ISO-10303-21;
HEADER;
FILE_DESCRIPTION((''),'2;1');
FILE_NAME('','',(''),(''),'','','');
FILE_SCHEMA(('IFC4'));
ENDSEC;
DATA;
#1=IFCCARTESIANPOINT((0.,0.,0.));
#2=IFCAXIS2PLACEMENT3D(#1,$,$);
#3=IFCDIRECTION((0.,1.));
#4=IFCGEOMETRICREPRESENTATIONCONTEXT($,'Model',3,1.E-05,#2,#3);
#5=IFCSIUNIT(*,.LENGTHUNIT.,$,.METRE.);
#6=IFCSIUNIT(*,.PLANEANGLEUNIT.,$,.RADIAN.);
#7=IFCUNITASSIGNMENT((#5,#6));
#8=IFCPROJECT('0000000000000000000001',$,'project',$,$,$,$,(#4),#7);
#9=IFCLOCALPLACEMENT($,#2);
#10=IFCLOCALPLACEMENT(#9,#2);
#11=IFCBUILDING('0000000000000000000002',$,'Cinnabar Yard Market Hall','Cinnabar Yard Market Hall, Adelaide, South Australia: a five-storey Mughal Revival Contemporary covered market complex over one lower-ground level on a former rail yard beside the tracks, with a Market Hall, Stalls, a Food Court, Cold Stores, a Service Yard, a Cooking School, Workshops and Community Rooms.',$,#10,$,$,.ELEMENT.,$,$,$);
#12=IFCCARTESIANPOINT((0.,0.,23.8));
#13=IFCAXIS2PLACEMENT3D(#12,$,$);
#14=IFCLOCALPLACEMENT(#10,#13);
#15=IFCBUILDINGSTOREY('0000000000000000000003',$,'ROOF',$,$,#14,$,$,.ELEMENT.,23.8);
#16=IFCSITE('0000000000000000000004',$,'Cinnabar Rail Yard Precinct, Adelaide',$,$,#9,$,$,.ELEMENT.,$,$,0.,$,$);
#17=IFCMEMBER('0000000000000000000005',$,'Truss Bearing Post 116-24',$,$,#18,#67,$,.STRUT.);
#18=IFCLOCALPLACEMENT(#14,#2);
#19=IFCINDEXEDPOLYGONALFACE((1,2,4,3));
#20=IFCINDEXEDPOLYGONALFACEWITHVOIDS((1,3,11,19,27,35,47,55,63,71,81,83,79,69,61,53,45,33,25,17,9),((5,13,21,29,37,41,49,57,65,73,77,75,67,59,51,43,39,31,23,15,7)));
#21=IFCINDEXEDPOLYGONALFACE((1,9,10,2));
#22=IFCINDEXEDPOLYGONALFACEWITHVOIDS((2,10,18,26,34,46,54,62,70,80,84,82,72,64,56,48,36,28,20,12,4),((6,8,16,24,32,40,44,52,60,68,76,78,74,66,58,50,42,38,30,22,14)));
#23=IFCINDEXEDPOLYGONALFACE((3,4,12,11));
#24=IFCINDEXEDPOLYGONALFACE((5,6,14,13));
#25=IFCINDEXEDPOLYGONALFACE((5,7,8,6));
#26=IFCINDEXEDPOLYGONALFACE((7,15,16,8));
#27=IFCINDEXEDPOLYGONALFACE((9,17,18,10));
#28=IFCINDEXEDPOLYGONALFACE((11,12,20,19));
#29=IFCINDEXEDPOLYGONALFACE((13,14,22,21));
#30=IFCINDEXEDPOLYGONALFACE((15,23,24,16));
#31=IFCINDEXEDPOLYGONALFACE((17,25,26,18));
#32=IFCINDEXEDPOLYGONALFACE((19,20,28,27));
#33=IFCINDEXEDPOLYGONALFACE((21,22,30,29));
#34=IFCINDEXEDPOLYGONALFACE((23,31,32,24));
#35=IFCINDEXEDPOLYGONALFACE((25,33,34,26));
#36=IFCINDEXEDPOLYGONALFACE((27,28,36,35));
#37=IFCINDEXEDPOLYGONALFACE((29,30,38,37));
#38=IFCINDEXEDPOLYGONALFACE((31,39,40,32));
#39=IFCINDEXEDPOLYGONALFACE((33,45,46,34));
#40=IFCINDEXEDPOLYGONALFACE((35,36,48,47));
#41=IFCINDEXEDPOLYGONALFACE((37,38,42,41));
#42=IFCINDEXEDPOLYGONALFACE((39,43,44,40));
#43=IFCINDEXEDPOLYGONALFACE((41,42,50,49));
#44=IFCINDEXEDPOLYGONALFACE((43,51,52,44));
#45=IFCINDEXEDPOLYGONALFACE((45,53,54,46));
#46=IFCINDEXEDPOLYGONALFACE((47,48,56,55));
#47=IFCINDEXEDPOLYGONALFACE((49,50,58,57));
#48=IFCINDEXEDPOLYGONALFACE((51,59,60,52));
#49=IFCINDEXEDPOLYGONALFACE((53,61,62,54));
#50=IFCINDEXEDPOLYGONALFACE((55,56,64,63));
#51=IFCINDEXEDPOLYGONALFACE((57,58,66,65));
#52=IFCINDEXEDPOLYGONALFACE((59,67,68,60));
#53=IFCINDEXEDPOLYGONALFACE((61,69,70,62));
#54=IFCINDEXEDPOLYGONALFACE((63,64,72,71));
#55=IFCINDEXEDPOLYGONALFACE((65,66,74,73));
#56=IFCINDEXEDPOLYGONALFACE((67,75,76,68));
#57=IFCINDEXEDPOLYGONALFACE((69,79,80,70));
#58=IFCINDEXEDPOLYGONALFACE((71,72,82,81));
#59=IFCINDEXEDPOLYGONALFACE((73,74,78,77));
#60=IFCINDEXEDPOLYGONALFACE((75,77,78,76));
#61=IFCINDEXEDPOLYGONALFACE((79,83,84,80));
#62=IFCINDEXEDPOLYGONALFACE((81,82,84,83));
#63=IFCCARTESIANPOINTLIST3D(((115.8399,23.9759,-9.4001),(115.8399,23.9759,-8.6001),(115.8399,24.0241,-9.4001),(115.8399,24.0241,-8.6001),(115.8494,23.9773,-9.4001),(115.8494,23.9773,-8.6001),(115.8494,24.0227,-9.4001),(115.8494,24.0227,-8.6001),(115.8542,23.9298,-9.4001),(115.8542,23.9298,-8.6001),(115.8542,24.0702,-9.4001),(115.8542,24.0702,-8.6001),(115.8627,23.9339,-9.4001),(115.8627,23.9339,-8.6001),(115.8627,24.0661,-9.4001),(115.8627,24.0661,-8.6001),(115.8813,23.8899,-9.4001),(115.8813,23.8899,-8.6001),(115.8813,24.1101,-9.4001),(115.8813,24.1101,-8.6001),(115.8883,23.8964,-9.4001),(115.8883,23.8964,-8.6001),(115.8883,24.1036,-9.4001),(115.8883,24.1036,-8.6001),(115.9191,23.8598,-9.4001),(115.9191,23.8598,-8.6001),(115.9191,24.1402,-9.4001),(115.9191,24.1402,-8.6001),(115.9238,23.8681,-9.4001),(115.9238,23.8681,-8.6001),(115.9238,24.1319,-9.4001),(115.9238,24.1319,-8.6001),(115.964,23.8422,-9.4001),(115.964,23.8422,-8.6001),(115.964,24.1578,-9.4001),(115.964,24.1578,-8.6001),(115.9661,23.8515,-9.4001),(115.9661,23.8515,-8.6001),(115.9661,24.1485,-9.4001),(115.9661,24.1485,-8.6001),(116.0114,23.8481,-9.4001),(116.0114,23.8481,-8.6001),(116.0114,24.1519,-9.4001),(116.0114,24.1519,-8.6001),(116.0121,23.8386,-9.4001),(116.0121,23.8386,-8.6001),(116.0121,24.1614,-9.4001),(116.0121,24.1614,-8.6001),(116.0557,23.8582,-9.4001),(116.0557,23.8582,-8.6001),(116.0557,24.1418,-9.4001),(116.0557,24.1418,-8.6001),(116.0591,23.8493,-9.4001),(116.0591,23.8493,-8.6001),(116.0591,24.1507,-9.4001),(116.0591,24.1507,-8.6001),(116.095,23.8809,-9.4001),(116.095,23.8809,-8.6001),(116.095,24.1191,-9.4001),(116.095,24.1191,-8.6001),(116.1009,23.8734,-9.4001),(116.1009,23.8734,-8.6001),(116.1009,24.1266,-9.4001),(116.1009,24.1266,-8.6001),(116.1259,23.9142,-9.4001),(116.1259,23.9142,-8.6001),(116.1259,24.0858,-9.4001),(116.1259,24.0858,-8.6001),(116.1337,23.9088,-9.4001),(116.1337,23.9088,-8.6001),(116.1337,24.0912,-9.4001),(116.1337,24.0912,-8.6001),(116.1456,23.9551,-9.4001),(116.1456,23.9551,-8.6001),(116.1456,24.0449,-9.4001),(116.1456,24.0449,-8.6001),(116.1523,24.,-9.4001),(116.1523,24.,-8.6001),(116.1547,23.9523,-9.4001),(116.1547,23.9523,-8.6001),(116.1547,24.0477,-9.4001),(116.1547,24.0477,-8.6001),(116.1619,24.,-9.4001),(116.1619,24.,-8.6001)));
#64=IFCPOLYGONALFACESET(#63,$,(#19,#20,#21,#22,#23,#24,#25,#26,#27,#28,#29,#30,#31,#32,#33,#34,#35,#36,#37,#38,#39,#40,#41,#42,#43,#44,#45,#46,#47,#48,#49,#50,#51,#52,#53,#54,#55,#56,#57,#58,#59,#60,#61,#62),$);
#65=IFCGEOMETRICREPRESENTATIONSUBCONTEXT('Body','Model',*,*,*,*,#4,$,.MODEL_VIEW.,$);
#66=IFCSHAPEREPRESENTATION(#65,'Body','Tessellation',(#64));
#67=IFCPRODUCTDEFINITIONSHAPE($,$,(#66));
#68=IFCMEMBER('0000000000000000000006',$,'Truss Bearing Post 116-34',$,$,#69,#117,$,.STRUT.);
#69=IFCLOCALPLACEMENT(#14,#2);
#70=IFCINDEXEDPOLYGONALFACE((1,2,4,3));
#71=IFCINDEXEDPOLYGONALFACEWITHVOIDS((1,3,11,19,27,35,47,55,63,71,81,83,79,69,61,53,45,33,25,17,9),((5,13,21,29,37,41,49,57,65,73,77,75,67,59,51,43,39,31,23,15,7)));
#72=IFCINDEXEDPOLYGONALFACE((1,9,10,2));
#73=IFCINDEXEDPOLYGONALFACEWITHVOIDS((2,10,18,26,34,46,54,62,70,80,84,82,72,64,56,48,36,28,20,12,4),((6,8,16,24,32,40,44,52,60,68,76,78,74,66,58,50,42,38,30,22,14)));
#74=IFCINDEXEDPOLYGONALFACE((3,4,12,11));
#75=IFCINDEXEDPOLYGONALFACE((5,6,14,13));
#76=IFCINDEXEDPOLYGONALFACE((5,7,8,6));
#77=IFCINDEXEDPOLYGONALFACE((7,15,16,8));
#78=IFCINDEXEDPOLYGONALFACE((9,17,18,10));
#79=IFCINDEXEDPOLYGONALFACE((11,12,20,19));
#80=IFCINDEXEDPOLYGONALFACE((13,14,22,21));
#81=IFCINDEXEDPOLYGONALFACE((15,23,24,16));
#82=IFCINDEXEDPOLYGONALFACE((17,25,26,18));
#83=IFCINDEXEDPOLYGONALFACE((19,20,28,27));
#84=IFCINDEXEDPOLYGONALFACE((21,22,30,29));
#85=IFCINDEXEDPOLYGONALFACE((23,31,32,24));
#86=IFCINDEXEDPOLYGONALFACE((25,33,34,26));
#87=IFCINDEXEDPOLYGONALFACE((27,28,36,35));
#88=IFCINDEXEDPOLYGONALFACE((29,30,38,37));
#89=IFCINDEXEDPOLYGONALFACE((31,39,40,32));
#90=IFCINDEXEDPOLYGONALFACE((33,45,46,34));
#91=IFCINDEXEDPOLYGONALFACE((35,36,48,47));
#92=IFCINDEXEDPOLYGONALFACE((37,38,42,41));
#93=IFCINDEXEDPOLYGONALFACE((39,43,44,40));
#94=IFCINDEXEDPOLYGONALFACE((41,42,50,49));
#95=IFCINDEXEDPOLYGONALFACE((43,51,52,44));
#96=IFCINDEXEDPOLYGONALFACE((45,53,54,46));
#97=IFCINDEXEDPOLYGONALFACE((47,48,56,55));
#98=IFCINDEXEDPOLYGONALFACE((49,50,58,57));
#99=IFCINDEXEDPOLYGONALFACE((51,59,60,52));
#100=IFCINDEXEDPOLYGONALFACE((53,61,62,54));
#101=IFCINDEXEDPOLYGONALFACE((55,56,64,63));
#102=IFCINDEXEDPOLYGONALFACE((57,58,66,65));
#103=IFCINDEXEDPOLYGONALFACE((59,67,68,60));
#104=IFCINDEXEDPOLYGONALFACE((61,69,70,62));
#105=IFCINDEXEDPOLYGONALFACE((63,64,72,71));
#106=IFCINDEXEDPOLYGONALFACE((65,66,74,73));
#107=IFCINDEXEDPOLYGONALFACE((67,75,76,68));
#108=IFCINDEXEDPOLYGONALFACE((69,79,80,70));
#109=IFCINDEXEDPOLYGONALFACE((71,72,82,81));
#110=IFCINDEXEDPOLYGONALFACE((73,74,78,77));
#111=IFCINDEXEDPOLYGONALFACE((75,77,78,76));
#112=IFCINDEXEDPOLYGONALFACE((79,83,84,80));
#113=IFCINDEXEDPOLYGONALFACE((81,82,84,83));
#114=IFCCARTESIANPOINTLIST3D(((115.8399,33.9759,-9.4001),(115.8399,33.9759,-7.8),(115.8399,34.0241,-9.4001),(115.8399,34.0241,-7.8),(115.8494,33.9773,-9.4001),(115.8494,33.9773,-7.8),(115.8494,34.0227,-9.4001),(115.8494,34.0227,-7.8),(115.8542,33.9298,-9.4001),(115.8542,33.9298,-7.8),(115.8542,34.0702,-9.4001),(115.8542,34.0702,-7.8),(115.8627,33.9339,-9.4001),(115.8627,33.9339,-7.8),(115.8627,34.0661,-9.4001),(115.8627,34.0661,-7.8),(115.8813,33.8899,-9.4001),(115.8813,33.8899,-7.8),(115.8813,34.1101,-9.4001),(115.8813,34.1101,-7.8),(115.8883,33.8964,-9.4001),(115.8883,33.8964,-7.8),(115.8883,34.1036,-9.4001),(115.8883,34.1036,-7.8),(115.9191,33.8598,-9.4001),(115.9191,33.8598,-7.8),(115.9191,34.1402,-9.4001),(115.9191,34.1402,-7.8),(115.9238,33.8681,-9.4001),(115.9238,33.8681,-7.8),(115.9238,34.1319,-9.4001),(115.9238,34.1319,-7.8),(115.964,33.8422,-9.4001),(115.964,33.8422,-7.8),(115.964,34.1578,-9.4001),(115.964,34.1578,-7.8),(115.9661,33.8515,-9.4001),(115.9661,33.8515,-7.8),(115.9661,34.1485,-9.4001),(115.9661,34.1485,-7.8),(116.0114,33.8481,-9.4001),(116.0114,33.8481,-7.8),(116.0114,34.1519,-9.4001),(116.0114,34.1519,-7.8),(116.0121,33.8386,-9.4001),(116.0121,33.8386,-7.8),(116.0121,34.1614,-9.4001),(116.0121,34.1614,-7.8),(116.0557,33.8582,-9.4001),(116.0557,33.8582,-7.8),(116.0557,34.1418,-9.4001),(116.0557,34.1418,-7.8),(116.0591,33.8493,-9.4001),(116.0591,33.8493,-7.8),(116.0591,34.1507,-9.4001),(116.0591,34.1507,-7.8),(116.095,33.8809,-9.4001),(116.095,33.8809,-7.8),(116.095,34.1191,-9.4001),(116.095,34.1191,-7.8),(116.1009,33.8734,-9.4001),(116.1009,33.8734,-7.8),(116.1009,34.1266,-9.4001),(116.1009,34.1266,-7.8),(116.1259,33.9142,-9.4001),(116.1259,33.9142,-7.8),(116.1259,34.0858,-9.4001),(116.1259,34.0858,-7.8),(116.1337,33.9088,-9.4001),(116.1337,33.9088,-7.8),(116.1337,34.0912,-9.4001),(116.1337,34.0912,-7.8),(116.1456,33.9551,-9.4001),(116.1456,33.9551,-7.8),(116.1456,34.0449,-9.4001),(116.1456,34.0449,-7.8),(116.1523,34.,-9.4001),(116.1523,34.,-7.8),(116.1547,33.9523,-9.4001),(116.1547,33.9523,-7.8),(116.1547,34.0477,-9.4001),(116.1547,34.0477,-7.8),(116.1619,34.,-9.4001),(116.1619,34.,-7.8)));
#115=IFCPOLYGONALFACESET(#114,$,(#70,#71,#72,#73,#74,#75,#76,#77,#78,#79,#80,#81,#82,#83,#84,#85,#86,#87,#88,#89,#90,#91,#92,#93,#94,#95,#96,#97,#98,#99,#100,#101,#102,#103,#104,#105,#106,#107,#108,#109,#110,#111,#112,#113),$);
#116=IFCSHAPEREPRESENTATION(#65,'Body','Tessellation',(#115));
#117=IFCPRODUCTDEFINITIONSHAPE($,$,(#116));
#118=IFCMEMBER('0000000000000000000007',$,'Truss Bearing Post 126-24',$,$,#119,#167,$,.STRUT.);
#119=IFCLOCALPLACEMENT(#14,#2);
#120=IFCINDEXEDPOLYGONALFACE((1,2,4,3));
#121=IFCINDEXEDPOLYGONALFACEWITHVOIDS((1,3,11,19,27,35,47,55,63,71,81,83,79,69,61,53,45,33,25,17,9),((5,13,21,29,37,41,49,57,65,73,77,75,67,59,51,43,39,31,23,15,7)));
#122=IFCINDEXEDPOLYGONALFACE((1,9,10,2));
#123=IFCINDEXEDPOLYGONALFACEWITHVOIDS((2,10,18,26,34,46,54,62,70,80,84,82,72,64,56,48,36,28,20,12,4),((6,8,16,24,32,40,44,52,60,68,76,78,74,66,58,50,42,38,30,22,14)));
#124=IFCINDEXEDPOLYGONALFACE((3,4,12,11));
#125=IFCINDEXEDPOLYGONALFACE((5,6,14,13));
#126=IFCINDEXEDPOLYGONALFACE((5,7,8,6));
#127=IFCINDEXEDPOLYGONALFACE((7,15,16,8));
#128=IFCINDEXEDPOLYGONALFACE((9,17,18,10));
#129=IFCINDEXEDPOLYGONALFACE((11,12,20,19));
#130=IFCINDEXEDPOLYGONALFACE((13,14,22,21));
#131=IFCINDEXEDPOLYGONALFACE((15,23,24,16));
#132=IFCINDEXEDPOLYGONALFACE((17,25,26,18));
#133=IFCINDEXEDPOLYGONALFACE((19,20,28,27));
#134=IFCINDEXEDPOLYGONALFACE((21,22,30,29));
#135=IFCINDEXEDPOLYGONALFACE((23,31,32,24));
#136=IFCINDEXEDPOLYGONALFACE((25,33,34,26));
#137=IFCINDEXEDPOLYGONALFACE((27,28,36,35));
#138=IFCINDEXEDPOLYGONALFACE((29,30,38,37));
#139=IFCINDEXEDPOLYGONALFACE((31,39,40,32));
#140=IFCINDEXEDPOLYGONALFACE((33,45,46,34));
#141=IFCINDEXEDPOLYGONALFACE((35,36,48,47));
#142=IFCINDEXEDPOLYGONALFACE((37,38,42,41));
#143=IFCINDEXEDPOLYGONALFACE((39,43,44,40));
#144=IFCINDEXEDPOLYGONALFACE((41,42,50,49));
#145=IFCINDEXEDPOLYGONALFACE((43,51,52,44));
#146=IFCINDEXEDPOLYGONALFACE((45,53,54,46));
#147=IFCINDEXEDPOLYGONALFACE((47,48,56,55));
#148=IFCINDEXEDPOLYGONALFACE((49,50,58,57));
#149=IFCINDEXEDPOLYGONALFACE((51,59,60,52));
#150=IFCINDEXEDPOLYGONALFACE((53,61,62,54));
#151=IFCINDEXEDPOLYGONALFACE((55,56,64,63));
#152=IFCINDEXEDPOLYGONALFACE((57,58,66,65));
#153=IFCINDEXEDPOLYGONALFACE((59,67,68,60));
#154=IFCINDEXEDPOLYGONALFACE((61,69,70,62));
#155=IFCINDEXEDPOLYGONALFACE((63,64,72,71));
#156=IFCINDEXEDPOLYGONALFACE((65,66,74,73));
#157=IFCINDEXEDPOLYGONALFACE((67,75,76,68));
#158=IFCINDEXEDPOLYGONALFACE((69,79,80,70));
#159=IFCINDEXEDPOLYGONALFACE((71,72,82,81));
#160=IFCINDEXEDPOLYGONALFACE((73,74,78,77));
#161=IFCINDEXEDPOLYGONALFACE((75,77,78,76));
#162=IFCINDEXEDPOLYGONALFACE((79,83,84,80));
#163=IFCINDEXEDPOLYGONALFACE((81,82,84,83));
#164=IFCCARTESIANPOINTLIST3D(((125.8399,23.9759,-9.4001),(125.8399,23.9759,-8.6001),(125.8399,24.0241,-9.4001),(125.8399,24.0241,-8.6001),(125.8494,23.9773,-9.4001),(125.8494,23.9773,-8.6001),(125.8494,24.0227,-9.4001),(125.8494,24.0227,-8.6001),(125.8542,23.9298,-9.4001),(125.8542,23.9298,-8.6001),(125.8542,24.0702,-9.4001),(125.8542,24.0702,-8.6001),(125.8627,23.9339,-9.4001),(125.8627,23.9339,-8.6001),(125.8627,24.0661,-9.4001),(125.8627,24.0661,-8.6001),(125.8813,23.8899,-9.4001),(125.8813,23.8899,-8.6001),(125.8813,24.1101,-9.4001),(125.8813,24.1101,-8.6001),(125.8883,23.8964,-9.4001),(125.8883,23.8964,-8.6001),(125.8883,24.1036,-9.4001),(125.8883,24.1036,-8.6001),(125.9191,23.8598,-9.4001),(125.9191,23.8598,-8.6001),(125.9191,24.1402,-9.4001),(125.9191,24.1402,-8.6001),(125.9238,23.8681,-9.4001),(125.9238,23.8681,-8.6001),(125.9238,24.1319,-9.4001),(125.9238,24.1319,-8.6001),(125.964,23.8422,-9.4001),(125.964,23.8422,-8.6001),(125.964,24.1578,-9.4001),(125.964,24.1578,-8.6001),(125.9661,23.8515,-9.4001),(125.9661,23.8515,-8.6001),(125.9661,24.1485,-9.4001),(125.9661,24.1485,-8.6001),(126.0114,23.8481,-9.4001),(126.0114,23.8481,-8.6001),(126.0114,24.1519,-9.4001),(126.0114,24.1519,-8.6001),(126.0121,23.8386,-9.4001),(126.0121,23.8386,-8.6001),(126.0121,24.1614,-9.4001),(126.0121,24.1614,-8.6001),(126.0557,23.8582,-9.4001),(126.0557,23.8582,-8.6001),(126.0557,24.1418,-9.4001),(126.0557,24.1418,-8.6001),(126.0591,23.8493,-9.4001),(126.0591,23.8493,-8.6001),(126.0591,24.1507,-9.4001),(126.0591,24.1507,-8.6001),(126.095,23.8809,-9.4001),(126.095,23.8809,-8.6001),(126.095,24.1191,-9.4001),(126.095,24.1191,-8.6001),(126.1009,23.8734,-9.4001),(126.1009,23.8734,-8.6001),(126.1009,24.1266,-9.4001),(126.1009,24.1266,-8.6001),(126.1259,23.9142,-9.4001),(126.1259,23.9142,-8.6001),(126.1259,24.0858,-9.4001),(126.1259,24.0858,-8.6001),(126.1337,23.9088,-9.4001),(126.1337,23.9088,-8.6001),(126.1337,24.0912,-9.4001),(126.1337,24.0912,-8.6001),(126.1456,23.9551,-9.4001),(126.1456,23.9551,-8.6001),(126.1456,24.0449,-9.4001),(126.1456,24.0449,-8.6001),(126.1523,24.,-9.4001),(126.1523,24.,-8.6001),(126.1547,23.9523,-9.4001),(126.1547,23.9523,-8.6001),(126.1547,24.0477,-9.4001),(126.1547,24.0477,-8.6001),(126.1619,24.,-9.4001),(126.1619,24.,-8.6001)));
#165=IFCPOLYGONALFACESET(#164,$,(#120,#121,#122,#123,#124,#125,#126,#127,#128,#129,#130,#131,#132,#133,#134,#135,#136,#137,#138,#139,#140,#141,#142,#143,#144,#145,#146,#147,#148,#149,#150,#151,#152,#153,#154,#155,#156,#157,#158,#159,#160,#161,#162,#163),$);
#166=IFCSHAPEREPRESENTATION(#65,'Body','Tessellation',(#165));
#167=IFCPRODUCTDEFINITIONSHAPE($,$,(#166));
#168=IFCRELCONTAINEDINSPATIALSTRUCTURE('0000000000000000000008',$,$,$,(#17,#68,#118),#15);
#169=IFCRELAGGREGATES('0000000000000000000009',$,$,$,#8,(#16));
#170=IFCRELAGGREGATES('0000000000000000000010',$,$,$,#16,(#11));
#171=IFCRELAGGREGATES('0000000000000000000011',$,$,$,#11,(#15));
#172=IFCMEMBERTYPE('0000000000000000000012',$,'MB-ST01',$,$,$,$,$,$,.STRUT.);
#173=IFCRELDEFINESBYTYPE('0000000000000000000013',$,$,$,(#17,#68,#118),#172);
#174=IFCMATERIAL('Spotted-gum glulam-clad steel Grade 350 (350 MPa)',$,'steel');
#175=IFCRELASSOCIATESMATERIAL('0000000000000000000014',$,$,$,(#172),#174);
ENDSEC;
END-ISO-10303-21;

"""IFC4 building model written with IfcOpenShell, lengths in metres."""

from ifc_helpers import new_model, si_unit, direction, frame, origin, origin_2d_with_axis, place, context, subcontext, project, spatial, hollow_circle, extrude, material, material_profile, profile_set, type_object, element, save


model = new_model("IFC4")

# Units and contexts
model_context = context("Model", 3, precision=1e-05, world=origin(), true_north=direction((0.0, 1.0)))
body_context = subcontext(model_context, "Body", "Model", "MODEL_VIEW")
ifc_project = project(units=[si_unit("LENGTHUNIT", "METRE"), si_unit("PLANEANGLEUNIT", "RADIAN")], contexts=[model_context])

# Site, building, storey
site_placement = place(None, origin())
site = spatial("IfcSite", under=ifc_project, at=site_placement, Name="Cinnabar Rail Yard Precinct, Adelaide", CompositionType="ELEMENT", RefElevation=0.0)
building_placement = place(site_placement, origin())
building = spatial("IfcBuilding", under=site, at=building_placement, Name="Cinnabar Yard Market Hall", Description="Cinnabar Yard Market Hall, Adelaide, South Australia: a five-storey Mughal Revival Contemporary covered market complex over one lower-ground level on a former rail yard beside the tracks, with a Market Hall, Stalls, a Food Court, Cold Stores, a Service Yard, a Cooking School, Workshops and Community Rooms.", CompositionType="ELEMENT")
storey_placement = place(building_placement, frame((0.0, 0.0, 23.8)))
storey = spatial("IfcBuildingStorey", under=building, at=storey_placement, Name="ROOF", CompositionType="ELEMENT", Elevation=23.8)

# Members
ifc_material_1 = material(Name="Spotted-gum glulam-clad steel Grade 350 (350 MPa)", Category="steel")
ifc_material_profile_1 = material_profile(ifc_material_1, hollow_circle(Radius=0.1619, WallThickness=0.0095, at=origin_2d_with_axis()), Name="323.9x9.5CHS")
ifc_profile_set_1 = profile_set([ifc_material_profile_1], Name="Spotted-gum glulam-clad steel Grade 350 (350 MPa)")
member_type_1 = type_object("IfcMemberType", Name="MB-ST01", PredefinedType="STRUT", material=ifc_profile_set_1)
member_1_placement = place(storey_placement, frame((116.0, 24.0, -9.4001), z_axis=(0.0, 0.0, 1.0), x_axis=(1.0, 0.0, 0.0)))
element("IfcMember", 1, at=member_1_placement, inside=storey, type_object=member_type_1, Name="Truss Bearing Post 116-24", PredefinedType="STRUT", context=body_context, shape_type="SweptSolid", body=[
    extrude(hollow_circle(Radius=0.1619, WallThickness=0.0095, at=origin_2d_with_axis()), origin(), (0.0, 0.0, 1.0), 0.8),
])
member_2_placement = place(storey_placement, frame((116.0, 34.0, -9.4001), z_axis=(0.0, 0.0, 1.0), x_axis=(1.0, 0.0, 0.0)))
element("IfcMember", 2, at=member_2_placement, inside=storey, type_object=member_type_1, Name="Truss Bearing Post 116-34", PredefinedType="STRUT", context=body_context, shape_type="SweptSolid", body=[
    extrude(hollow_circle(Radius=0.1619, WallThickness=0.0095, at=origin_2d_with_axis()), origin(), (0.0, 0.0, 1.0), 1.6001),
])
member_3_placement = place(storey_placement, frame((126.0, 24.0, -9.4001), z_axis=(0.0, 0.0, 1.0), x_axis=(1.0, 0.0, 0.0)))
element("IfcMember", 3, at=member_3_placement, inside=storey, type_object=member_type_1, Name="Truss Bearing Post 126-24", PredefinedType="STRUT", context=body_context, shape_type="SweptSolid", body=[
    extrude(hollow_circle(Radius=0.1619, WallThickness=0.0095, at=origin_2d_with_axis()), origin(), (0.0, 0.0, 1.0), 0.8),
])

save(model, "model.ifc")
